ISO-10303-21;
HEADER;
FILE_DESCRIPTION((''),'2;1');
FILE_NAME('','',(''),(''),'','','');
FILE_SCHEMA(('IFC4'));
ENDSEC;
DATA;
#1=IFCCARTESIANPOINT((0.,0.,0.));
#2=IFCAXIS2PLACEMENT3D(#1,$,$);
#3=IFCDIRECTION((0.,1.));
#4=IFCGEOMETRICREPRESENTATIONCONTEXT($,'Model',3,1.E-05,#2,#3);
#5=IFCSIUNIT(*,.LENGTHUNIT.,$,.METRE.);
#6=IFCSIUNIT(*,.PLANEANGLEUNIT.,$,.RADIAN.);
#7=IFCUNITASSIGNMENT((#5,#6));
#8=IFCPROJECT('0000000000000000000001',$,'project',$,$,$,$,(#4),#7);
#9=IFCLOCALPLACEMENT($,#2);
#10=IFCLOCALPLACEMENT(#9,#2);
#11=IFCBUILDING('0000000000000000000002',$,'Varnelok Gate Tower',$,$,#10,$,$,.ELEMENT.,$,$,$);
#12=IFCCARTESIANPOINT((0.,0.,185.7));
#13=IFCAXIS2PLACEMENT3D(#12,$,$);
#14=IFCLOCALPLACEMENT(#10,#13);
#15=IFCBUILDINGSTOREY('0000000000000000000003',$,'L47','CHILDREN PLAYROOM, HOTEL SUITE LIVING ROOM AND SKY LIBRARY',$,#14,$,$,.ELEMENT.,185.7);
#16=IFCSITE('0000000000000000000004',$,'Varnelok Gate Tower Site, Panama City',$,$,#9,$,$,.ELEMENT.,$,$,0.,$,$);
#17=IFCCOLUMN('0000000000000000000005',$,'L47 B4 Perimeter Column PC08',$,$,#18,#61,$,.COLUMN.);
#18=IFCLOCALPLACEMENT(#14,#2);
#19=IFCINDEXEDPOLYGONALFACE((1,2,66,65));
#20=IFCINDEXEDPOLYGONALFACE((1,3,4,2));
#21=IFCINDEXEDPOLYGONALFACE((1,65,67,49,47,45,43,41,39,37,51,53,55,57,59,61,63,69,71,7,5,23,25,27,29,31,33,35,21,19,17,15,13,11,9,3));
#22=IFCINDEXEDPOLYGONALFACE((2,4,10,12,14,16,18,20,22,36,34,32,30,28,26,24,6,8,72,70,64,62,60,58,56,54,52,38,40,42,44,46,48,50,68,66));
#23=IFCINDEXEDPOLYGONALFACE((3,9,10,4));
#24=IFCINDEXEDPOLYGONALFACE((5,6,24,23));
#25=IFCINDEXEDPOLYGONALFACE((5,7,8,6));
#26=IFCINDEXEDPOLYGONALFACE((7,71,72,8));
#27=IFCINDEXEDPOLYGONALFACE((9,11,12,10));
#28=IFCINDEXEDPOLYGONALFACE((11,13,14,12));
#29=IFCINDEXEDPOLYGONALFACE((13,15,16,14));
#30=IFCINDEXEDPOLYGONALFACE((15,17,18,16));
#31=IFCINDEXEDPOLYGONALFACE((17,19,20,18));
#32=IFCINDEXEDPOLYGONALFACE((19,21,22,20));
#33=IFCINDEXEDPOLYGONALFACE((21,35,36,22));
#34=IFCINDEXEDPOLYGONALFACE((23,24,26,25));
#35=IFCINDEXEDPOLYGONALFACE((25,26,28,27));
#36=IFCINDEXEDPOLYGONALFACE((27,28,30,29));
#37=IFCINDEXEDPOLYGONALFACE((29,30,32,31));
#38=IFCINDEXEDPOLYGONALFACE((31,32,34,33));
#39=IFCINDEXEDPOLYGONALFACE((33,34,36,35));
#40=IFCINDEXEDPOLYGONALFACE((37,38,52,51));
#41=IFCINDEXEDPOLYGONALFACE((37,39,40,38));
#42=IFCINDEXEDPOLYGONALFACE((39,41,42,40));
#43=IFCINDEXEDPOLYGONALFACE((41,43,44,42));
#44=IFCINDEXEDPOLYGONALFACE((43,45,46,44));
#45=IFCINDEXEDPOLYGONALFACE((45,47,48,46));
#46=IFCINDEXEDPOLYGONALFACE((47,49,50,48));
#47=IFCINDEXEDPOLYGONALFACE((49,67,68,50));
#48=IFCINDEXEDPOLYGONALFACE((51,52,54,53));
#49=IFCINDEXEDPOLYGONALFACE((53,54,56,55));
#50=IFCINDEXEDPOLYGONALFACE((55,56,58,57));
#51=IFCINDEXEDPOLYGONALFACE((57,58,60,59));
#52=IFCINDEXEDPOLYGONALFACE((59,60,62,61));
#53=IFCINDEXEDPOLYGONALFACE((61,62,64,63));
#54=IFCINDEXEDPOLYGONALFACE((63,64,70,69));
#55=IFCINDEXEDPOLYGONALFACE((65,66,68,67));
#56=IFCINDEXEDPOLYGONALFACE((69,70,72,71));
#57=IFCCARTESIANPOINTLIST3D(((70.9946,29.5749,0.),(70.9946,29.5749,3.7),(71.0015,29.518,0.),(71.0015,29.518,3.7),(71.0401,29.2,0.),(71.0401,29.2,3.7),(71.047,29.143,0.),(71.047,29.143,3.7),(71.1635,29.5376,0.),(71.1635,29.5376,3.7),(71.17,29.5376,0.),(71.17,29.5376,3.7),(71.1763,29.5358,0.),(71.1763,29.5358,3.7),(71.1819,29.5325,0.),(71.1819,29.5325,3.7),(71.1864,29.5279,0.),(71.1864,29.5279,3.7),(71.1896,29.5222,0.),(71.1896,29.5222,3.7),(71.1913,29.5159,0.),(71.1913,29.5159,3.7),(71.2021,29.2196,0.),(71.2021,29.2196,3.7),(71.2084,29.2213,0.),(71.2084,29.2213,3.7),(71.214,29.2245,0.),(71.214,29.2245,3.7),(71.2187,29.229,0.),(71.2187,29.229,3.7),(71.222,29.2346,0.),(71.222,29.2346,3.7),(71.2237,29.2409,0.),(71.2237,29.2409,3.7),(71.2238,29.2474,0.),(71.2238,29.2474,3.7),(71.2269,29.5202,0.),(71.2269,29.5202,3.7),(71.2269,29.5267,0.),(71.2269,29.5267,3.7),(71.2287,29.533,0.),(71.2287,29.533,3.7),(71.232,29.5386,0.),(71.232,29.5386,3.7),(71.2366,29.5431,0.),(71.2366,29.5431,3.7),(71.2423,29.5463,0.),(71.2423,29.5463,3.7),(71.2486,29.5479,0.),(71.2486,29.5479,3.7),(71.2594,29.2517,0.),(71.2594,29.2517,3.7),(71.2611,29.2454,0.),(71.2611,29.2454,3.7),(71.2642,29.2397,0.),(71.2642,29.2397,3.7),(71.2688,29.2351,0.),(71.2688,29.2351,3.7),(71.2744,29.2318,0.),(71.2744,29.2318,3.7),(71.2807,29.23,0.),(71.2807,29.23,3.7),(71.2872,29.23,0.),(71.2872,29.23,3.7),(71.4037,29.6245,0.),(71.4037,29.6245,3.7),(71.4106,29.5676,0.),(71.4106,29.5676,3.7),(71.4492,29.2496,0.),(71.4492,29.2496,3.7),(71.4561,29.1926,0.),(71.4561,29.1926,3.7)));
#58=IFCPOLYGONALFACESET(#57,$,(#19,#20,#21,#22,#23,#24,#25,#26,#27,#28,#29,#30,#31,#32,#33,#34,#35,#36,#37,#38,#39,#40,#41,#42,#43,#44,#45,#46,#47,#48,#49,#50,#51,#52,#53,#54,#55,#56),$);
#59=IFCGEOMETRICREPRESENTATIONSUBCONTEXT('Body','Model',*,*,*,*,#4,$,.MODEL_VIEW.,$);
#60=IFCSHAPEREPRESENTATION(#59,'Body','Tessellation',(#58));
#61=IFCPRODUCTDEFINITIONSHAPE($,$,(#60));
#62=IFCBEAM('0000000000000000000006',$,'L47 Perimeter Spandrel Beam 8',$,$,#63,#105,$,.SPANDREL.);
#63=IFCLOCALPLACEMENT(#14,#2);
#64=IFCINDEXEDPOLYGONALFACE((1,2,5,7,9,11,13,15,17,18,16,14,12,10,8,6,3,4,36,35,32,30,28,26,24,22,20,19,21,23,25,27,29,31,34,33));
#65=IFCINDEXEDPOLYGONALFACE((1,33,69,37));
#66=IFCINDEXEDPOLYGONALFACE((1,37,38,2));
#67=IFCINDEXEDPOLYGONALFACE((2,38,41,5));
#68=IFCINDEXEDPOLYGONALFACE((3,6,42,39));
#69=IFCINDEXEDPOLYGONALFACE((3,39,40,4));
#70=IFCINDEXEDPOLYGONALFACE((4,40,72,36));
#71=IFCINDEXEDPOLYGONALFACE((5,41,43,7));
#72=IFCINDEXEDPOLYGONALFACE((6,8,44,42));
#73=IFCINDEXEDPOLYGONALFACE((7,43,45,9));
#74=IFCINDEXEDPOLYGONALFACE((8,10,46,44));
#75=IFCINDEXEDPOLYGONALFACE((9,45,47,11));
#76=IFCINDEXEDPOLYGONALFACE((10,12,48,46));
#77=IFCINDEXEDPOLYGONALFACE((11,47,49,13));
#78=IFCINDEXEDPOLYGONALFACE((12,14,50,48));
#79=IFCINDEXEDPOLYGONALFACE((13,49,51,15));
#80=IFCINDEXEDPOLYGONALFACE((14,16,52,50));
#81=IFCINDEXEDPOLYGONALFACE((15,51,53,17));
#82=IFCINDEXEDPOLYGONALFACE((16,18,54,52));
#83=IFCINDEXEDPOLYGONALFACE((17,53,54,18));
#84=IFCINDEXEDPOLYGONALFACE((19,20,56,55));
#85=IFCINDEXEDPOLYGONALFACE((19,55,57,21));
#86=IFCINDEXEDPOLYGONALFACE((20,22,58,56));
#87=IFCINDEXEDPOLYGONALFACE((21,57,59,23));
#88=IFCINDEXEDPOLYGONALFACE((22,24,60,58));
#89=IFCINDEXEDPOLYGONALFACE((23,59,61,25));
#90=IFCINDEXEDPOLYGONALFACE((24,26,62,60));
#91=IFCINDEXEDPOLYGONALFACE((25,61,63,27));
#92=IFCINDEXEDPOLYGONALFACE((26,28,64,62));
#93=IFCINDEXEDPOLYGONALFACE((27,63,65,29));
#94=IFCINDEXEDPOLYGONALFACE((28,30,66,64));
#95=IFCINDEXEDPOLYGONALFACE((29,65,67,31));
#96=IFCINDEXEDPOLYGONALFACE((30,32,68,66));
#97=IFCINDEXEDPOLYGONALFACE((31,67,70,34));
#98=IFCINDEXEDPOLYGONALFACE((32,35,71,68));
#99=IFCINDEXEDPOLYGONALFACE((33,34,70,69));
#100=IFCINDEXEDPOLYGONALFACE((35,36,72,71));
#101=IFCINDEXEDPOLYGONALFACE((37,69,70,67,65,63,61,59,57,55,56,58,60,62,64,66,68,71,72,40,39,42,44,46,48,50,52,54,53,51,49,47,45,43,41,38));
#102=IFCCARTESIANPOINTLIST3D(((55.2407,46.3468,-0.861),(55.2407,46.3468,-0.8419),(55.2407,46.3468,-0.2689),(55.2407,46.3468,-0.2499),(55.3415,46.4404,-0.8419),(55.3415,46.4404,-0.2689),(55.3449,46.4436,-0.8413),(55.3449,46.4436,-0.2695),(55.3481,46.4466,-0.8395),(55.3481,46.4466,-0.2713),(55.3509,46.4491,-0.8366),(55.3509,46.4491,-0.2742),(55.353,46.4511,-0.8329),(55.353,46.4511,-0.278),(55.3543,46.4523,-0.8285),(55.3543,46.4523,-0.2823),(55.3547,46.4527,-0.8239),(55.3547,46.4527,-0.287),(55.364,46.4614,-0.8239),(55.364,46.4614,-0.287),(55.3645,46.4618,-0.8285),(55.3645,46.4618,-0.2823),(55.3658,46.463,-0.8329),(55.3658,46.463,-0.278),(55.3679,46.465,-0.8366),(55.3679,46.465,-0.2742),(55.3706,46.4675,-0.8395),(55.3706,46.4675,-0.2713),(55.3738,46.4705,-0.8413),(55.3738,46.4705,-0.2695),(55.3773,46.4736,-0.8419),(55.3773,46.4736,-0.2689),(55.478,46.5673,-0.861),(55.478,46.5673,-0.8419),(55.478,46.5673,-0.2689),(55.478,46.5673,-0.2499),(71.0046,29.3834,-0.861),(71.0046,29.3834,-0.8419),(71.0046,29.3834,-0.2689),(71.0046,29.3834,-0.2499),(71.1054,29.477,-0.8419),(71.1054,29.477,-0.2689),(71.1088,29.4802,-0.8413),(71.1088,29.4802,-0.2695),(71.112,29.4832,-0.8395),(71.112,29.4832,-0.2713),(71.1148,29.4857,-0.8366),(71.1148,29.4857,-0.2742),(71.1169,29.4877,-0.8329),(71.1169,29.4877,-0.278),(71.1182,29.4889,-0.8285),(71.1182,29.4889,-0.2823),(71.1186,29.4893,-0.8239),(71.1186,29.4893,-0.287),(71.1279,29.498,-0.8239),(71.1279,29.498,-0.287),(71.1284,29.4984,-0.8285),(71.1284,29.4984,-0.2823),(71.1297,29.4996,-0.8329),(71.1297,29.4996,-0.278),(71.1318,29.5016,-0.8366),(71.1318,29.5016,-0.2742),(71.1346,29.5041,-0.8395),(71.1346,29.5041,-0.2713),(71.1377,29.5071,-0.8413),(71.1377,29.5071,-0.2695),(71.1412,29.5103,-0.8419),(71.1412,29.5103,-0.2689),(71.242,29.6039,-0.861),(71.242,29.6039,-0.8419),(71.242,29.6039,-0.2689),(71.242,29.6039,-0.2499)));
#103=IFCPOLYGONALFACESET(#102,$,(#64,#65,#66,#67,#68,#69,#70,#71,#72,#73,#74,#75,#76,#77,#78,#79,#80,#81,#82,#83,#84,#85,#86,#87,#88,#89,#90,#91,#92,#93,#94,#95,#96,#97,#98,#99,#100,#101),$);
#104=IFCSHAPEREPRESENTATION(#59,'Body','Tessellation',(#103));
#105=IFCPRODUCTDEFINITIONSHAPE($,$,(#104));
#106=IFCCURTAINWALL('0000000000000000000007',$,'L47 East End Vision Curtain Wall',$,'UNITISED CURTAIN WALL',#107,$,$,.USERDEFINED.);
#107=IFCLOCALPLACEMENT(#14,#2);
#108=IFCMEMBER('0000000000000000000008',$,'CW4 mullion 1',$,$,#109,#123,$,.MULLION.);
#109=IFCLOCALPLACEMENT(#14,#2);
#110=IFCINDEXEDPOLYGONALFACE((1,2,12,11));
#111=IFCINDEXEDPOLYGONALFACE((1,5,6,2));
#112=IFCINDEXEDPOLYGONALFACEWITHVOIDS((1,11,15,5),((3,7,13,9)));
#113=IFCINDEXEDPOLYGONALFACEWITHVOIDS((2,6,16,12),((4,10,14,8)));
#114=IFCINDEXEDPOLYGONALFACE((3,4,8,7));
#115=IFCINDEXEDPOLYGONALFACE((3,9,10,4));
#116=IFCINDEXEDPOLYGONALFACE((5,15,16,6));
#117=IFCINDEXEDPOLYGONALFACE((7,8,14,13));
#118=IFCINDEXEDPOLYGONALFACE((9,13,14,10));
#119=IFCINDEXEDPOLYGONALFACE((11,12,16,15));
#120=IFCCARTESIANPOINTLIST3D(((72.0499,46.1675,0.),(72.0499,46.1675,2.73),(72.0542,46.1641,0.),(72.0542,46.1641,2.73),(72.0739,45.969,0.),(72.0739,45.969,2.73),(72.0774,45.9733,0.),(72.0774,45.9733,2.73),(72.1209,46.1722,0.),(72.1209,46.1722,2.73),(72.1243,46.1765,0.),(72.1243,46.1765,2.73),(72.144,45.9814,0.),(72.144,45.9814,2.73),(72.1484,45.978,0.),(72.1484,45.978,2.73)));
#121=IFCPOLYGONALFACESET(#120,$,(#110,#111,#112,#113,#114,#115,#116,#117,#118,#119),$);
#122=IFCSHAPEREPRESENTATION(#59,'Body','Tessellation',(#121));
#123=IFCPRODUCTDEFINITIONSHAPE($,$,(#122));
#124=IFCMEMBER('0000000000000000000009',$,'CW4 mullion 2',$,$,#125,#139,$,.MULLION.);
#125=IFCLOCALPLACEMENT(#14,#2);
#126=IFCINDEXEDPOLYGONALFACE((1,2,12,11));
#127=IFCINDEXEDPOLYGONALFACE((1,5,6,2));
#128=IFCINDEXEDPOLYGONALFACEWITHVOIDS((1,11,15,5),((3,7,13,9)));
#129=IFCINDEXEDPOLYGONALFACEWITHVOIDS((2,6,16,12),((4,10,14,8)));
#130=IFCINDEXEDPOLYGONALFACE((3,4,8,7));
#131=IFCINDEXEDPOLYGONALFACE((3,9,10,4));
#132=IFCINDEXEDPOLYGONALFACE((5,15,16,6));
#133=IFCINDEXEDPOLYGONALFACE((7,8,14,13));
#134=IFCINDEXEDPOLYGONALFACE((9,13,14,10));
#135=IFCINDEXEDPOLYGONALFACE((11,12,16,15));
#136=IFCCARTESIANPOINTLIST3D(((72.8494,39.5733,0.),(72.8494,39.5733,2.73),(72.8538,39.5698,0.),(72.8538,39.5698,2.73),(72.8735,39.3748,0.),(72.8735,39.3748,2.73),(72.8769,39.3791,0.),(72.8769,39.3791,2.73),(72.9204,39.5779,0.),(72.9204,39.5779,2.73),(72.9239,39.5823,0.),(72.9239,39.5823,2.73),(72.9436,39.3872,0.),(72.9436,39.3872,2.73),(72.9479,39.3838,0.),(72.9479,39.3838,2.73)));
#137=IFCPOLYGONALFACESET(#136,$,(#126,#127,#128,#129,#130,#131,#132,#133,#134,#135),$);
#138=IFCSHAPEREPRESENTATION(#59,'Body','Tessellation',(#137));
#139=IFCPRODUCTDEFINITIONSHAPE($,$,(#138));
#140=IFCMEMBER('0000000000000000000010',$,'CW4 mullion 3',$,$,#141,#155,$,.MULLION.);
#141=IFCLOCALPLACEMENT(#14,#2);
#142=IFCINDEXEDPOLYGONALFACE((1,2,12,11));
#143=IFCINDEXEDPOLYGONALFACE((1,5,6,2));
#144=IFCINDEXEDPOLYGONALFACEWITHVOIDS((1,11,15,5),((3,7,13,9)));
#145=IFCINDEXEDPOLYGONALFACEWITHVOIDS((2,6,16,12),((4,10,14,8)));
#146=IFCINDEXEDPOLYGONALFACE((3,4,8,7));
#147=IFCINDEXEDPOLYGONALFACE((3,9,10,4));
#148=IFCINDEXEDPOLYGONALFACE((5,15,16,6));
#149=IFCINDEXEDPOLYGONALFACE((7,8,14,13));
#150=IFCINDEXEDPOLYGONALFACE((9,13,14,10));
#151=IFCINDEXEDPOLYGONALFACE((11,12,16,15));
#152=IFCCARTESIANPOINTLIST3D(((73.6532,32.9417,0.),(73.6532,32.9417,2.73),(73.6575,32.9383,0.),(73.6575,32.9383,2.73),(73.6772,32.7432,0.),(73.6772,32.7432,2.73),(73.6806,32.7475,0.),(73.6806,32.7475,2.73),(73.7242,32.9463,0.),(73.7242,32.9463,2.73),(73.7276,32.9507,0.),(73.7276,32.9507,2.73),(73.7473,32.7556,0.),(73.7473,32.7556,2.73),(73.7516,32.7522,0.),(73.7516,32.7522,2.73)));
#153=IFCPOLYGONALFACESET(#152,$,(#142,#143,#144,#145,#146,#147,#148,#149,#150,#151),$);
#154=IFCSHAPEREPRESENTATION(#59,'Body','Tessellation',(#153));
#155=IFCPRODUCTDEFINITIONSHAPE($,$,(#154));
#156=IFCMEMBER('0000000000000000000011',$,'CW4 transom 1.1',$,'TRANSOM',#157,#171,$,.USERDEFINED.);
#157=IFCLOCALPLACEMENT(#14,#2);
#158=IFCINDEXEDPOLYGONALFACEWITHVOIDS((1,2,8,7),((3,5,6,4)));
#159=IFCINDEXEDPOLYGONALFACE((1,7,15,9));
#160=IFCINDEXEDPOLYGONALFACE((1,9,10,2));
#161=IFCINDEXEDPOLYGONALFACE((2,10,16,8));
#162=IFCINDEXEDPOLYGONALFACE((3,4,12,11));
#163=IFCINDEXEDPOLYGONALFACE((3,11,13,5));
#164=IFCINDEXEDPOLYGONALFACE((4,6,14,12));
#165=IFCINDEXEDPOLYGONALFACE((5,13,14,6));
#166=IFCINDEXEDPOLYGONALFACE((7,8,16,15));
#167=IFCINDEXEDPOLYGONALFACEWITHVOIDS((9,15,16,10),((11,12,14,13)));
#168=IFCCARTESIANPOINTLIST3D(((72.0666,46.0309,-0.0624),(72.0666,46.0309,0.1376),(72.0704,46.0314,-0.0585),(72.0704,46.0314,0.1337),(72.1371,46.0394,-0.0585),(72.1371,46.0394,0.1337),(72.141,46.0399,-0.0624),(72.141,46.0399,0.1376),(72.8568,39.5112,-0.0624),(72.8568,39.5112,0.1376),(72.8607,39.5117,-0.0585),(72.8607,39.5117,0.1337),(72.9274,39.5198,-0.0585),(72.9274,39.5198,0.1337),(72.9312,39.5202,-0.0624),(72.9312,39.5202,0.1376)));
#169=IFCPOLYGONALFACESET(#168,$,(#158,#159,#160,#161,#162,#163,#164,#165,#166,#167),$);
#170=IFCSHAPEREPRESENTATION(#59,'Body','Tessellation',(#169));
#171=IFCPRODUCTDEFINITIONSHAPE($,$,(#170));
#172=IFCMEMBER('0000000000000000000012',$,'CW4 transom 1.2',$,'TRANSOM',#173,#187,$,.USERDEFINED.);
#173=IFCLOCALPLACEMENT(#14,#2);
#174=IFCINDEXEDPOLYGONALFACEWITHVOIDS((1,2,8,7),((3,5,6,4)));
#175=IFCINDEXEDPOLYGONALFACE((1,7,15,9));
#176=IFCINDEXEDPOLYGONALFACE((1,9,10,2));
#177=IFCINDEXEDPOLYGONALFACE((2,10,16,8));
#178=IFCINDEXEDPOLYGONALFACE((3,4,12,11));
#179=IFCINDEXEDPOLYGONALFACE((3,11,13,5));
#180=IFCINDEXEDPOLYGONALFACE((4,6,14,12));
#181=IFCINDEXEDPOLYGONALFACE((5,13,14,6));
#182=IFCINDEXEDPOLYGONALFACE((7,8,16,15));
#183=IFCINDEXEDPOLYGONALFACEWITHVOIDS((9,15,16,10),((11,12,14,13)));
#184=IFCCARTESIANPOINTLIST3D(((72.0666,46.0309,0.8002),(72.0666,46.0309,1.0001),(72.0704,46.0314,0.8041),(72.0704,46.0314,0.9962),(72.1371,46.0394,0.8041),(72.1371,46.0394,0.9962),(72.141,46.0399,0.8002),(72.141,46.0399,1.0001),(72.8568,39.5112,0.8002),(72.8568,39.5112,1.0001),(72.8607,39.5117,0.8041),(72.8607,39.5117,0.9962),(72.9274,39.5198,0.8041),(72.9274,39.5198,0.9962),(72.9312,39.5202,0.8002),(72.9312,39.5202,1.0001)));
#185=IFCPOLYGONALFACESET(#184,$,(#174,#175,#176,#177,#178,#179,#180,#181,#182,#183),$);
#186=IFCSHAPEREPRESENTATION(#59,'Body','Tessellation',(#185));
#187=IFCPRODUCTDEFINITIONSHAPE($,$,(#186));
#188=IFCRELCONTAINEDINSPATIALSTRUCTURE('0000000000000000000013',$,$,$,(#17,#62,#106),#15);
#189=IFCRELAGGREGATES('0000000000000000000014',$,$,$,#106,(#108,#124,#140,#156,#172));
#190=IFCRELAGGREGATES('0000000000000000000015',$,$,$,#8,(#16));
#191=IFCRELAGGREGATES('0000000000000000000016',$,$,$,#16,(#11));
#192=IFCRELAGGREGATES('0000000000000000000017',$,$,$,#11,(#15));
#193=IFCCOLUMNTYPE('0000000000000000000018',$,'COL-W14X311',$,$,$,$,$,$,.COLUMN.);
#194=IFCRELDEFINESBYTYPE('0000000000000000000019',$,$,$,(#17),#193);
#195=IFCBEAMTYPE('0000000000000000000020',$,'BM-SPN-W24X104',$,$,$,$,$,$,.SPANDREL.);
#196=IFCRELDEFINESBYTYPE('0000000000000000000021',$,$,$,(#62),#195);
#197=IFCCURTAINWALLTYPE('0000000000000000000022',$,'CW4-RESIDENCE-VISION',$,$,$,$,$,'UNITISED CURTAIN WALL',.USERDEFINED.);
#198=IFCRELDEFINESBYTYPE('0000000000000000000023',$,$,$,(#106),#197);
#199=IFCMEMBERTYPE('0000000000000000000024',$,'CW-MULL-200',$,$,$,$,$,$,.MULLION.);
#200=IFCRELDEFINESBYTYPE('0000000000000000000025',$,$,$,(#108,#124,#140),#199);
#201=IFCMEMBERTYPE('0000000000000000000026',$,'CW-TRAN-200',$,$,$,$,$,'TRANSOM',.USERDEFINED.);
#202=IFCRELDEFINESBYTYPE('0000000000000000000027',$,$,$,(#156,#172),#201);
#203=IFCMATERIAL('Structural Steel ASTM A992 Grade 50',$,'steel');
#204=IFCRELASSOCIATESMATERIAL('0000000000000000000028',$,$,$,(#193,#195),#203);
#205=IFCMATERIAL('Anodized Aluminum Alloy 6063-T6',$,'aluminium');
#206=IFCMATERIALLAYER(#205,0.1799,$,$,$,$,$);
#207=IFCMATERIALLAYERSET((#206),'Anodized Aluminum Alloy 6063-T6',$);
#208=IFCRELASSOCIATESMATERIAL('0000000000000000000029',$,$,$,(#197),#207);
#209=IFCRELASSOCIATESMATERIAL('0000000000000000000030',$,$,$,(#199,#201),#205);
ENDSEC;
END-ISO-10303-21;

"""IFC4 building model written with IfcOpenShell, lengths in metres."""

from ifc_helpers import new_model, si_unit, direction, frame, origin, origin_2d, place, context, subcontext, project, spatial, hollow_rectangle, i_section, extrude, material, layer, layer_set, material_profile, profile_set, type_object, element, aggregate, save


model = new_model("IFC4")

# Units and contexts
model_context = context("Model", 3, precision=1e-05, world=origin(), true_north=direction((0.0, 1.0)))
body_context = subcontext(model_context, "Body", "Model", "MODEL_VIEW")
ifc_project = project(units=[si_unit("LENGTHUNIT", "METRE"), si_unit("PLANEANGLEUNIT", "RADIAN")], contexts=[model_context])

# Site, building, storey
site_placement = place(None, origin())
site = spatial("IfcSite", under=ifc_project, at=site_placement, Name="Varnelok Gate Tower Site, Panama City", CompositionType="ELEMENT", RefElevation=0.0)
building_placement = place(site_placement, origin())
building = spatial("IfcBuilding", under=site, at=building_placement, Name="Varnelok Gate Tower", CompositionType="ELEMENT")
storey_placement = place(building_placement, frame((0.0, 0.0, 185.7)))
storey = spatial("IfcBuildingStorey", under=building, at=storey_placement, Name="L47", Description="CHILDREN PLAYROOM, HOTEL SUITE LIVING ROOM AND SKY LIBRARY", CompositionType="ELEMENT", Elevation=185.7)

# Column
ifc_material_1 = material(Name="Structural Steel ASTM A992 Grade 50", Category="steel")
ifc_material_profile_1 = material_profile(ifc_material_1, i_section(OverallWidth=0.4121, OverallDepth=0.4351, WebThickness=0.0359, FlangeThickness=0.0574, FilletRadius=0.0249, at=origin_2d()), Name="W14X311")
ifc_profile_set_1 = profile_set([ifc_material_profile_1], Name="Structural Steel ASTM A992 Grade 50")
column_type = type_object("IfcColumnType", Name="COL-W14X311", PredefinedType="COLUMN", material=ifc_profile_set_1)
column_placement = place(storey_placement, frame((71.2253, 29.3838, 0.0), z_axis=(0.0, 0.0, 1.0), x_axis=(0.992732, 0.120345, 0.0)))
element("IfcColumn", 1, at=column_placement, inside=storey, type_object=column_type, Name="L47 B4 Perimeter Column PC08", PredefinedType="COLUMN", context=body_context, shape_type="SweptSolid", body=[
    extrude(i_section(OverallWidth=0.4121, OverallDepth=0.4351, WebThickness=0.0359, FlangeThickness=0.0574, FilletRadius=0.0249, at=origin_2d()), origin(), (0.0, 0.0, 1.0), 3.7),
])

# Beam
ifc_material_profile_2 = material_profile(ifc_material_1, i_section(OverallWidth=0.324, OverallDepth=0.6111, WebThickness=0.0127, FlangeThickness=0.019, FilletRadius=0.0181, at=origin_2d()), Name="W24X104")
ifc_profile_set_2 = profile_set([ifc_material_profile_2], Name="Structural Steel ASTM A992 Grade 50")
beam_type = type_object("IfcBeamType", Name="BM-SPN-W24X104", PredefinedType="SPANDREL", material=ifc_profile_set_2)
beam_placement = place(storey_placement, frame((71.1233, 29.4937, -0.5554), z_axis=(-0.680734, 0.732531, 0.0), x_axis=(-0.732531, -0.680734, 0.0)))
element("IfcBeam", 2, at=beam_placement, inside=storey, type_object=beam_type, Name="L47 Perimeter Spandrel Beam 8", PredefinedType="SPANDREL", context=body_context, shape_type="SweptSolid", body=[
    extrude(i_section(OverallWidth=0.324, OverallDepth=0.6111, WebThickness=0.0127, FlangeThickness=0.019, FilletRadius=0.0181, at=origin_2d()), origin(), (0.0, 0.0, 1.0), 23.1572),
])

# Curtain wall, members
ifc_material_2 = material(Name="Anodized Aluminum Alloy 6063-T6", Category="aluminium")
ifc_layer_1 = layer(ifc_material_2, 0.1799)
ifc_layer_set_1 = layer_set([ifc_layer_1], Name="Anodized Aluminum Alloy 6063-T6")
curtain_wall_type = type_object("IfcCurtainWallType", Name="CW4-RESIDENCE-VISION", ElementType="UNITISED CURTAIN WALL", PredefinedType="USERDEFINED", material=ifc_layer_set_1)
curtain_wall_placement = place(storey_placement, origin())
curtain_wall = element("IfcCurtainWall", 3, at=curtain_wall_placement, inside=storey, type_object=curtain_wall_type, Name="L47 East End Vision Curtain Wall", ObjectType="UNITISED CURTAIN WALL", PredefinedType="USERDEFINED")
ifc_material_profile_3 = material_profile(ifc_material_2, hollow_rectangle(XDim=0.075, YDim=0.2, WallThickness=0.0039, at=origin_2d()), Name="ALU200X75X4")
ifc_profile_set_3 = profile_set([ifc_material_profile_3], Name="Anodized Aluminum Alloy 6063-T6")
member_type_1 = type_object("IfcMemberType", Name="CW-MULL-200", PredefinedType="MULLION", material=ifc_profile_set_3)
member_1_placement = place(storey_placement, frame((72.0991, 46.0728, 0.0), z_axis=(0.0, 0.0, 1.0), x_axis=(0.992732, 0.120345, 0.0)))
member_1 = element("IfcMember", 4, at=member_1_placement, type_object=member_type_1, Name="CW4 mullion 1", PredefinedType="MULLION", context=body_context, shape_type="SweptSolid", body=[
    extrude(hollow_rectangle(XDim=0.075, YDim=0.2, WallThickness=0.0039, at=origin_2d()), origin(), (0.0, 0.0, 1.0), 2.73),
])
member_2_placement = place(storey_placement, frame((72.8987, 39.4785, 0.0), z_axis=(0.0, 0.0, 1.0), x_axis=(0.992732, 0.120345, 0.0)))
member_2 = element("IfcMember", 5, at=member_2_placement, type_object=member_type_1, Name="CW4 mullion 2", PredefinedType="MULLION", context=body_context, shape_type="SweptSolid", body=[
    extrude(hollow_rectangle(XDim=0.075, YDim=0.2, WallThickness=0.0039, at=origin_2d()), origin(), (0.0, 0.0, 1.0), 2.73),
])
member_3_placement = place(storey_placement, frame((73.7024, 32.8469, 0.0), z_axis=(0.0, 0.0, 1.0), x_axis=(0.992732, 0.120345, 0.0)))
member_3 = element("IfcMember", 6, at=member_3_placement, type_object=member_type_1, Name="CW4 mullion 3", PredefinedType="MULLION", context=body_context, shape_type="SweptSolid", body=[
    extrude(hollow_rectangle(XDim=0.075, YDim=0.2, WallThickness=0.0039, at=origin_2d()), origin(), (0.0, 0.0, 1.0), 2.73),
])
ifc_material_profile_4 = material_profile(ifc_material_2, hollow_rectangle(XDim=0.075, YDim=0.2, WallThickness=0.0039, at=origin_2d()), Name="ALU200X75X4")
ifc_profile_set_4 = profile_set([ifc_material_profile_4], Name="Anodized Aluminum Alloy 6063-T6")
member_type_2 = type_object("IfcMemberType", Name="CW-TRAN-200", ElementType="TRANSOM", PredefinedType="USERDEFINED", material=ifc_profile_set_4)
member_4_placement = place(storey_placement, frame((72.1038, 46.0354, 0.0376), z_axis=(0.120332, -0.992734, 0.0), x_axis=(0.992734, 0.120332, 0.0)))
member_4 = element("IfcMember", 7, at=member_4_placement, type_object=member_type_2, Name="CW4 transom 1.1", ObjectType="TRANSOM", PredefinedType="USERDEFINED", context=body_context, shape_type="SweptSolid", body=[
    extrude(hollow_rectangle(XDim=0.075, YDim=0.2, WallThickness=0.0039, at=origin_2d()), origin(), (0.0, 0.0, 1.0), 6.5674),
])
member_5_placement = place(storey_placement, frame((72.1038, 46.0354, 0.9001), z_axis=(0.120332, -0.992734, 0.0), x_axis=(0.992734, 0.120332, 0.0)))
member_5 = element("IfcMember", 8, at=member_5_placement, type_object=member_type_2, Name="CW4 transom 1.2", ObjectType="TRANSOM", PredefinedType="USERDEFINED", context=body_context, shape_type="SweptSolid", body=[
    extrude(hollow_rectangle(XDim=0.075, YDim=0.2, WallThickness=0.0039, at=origin_2d()), origin(), (0.0, 0.0, 1.0), 6.5674),
])
aggregate(curtain_wall, [member_1, member_2, member_3, member_4, member_5])

save(model, "model.ifc")
